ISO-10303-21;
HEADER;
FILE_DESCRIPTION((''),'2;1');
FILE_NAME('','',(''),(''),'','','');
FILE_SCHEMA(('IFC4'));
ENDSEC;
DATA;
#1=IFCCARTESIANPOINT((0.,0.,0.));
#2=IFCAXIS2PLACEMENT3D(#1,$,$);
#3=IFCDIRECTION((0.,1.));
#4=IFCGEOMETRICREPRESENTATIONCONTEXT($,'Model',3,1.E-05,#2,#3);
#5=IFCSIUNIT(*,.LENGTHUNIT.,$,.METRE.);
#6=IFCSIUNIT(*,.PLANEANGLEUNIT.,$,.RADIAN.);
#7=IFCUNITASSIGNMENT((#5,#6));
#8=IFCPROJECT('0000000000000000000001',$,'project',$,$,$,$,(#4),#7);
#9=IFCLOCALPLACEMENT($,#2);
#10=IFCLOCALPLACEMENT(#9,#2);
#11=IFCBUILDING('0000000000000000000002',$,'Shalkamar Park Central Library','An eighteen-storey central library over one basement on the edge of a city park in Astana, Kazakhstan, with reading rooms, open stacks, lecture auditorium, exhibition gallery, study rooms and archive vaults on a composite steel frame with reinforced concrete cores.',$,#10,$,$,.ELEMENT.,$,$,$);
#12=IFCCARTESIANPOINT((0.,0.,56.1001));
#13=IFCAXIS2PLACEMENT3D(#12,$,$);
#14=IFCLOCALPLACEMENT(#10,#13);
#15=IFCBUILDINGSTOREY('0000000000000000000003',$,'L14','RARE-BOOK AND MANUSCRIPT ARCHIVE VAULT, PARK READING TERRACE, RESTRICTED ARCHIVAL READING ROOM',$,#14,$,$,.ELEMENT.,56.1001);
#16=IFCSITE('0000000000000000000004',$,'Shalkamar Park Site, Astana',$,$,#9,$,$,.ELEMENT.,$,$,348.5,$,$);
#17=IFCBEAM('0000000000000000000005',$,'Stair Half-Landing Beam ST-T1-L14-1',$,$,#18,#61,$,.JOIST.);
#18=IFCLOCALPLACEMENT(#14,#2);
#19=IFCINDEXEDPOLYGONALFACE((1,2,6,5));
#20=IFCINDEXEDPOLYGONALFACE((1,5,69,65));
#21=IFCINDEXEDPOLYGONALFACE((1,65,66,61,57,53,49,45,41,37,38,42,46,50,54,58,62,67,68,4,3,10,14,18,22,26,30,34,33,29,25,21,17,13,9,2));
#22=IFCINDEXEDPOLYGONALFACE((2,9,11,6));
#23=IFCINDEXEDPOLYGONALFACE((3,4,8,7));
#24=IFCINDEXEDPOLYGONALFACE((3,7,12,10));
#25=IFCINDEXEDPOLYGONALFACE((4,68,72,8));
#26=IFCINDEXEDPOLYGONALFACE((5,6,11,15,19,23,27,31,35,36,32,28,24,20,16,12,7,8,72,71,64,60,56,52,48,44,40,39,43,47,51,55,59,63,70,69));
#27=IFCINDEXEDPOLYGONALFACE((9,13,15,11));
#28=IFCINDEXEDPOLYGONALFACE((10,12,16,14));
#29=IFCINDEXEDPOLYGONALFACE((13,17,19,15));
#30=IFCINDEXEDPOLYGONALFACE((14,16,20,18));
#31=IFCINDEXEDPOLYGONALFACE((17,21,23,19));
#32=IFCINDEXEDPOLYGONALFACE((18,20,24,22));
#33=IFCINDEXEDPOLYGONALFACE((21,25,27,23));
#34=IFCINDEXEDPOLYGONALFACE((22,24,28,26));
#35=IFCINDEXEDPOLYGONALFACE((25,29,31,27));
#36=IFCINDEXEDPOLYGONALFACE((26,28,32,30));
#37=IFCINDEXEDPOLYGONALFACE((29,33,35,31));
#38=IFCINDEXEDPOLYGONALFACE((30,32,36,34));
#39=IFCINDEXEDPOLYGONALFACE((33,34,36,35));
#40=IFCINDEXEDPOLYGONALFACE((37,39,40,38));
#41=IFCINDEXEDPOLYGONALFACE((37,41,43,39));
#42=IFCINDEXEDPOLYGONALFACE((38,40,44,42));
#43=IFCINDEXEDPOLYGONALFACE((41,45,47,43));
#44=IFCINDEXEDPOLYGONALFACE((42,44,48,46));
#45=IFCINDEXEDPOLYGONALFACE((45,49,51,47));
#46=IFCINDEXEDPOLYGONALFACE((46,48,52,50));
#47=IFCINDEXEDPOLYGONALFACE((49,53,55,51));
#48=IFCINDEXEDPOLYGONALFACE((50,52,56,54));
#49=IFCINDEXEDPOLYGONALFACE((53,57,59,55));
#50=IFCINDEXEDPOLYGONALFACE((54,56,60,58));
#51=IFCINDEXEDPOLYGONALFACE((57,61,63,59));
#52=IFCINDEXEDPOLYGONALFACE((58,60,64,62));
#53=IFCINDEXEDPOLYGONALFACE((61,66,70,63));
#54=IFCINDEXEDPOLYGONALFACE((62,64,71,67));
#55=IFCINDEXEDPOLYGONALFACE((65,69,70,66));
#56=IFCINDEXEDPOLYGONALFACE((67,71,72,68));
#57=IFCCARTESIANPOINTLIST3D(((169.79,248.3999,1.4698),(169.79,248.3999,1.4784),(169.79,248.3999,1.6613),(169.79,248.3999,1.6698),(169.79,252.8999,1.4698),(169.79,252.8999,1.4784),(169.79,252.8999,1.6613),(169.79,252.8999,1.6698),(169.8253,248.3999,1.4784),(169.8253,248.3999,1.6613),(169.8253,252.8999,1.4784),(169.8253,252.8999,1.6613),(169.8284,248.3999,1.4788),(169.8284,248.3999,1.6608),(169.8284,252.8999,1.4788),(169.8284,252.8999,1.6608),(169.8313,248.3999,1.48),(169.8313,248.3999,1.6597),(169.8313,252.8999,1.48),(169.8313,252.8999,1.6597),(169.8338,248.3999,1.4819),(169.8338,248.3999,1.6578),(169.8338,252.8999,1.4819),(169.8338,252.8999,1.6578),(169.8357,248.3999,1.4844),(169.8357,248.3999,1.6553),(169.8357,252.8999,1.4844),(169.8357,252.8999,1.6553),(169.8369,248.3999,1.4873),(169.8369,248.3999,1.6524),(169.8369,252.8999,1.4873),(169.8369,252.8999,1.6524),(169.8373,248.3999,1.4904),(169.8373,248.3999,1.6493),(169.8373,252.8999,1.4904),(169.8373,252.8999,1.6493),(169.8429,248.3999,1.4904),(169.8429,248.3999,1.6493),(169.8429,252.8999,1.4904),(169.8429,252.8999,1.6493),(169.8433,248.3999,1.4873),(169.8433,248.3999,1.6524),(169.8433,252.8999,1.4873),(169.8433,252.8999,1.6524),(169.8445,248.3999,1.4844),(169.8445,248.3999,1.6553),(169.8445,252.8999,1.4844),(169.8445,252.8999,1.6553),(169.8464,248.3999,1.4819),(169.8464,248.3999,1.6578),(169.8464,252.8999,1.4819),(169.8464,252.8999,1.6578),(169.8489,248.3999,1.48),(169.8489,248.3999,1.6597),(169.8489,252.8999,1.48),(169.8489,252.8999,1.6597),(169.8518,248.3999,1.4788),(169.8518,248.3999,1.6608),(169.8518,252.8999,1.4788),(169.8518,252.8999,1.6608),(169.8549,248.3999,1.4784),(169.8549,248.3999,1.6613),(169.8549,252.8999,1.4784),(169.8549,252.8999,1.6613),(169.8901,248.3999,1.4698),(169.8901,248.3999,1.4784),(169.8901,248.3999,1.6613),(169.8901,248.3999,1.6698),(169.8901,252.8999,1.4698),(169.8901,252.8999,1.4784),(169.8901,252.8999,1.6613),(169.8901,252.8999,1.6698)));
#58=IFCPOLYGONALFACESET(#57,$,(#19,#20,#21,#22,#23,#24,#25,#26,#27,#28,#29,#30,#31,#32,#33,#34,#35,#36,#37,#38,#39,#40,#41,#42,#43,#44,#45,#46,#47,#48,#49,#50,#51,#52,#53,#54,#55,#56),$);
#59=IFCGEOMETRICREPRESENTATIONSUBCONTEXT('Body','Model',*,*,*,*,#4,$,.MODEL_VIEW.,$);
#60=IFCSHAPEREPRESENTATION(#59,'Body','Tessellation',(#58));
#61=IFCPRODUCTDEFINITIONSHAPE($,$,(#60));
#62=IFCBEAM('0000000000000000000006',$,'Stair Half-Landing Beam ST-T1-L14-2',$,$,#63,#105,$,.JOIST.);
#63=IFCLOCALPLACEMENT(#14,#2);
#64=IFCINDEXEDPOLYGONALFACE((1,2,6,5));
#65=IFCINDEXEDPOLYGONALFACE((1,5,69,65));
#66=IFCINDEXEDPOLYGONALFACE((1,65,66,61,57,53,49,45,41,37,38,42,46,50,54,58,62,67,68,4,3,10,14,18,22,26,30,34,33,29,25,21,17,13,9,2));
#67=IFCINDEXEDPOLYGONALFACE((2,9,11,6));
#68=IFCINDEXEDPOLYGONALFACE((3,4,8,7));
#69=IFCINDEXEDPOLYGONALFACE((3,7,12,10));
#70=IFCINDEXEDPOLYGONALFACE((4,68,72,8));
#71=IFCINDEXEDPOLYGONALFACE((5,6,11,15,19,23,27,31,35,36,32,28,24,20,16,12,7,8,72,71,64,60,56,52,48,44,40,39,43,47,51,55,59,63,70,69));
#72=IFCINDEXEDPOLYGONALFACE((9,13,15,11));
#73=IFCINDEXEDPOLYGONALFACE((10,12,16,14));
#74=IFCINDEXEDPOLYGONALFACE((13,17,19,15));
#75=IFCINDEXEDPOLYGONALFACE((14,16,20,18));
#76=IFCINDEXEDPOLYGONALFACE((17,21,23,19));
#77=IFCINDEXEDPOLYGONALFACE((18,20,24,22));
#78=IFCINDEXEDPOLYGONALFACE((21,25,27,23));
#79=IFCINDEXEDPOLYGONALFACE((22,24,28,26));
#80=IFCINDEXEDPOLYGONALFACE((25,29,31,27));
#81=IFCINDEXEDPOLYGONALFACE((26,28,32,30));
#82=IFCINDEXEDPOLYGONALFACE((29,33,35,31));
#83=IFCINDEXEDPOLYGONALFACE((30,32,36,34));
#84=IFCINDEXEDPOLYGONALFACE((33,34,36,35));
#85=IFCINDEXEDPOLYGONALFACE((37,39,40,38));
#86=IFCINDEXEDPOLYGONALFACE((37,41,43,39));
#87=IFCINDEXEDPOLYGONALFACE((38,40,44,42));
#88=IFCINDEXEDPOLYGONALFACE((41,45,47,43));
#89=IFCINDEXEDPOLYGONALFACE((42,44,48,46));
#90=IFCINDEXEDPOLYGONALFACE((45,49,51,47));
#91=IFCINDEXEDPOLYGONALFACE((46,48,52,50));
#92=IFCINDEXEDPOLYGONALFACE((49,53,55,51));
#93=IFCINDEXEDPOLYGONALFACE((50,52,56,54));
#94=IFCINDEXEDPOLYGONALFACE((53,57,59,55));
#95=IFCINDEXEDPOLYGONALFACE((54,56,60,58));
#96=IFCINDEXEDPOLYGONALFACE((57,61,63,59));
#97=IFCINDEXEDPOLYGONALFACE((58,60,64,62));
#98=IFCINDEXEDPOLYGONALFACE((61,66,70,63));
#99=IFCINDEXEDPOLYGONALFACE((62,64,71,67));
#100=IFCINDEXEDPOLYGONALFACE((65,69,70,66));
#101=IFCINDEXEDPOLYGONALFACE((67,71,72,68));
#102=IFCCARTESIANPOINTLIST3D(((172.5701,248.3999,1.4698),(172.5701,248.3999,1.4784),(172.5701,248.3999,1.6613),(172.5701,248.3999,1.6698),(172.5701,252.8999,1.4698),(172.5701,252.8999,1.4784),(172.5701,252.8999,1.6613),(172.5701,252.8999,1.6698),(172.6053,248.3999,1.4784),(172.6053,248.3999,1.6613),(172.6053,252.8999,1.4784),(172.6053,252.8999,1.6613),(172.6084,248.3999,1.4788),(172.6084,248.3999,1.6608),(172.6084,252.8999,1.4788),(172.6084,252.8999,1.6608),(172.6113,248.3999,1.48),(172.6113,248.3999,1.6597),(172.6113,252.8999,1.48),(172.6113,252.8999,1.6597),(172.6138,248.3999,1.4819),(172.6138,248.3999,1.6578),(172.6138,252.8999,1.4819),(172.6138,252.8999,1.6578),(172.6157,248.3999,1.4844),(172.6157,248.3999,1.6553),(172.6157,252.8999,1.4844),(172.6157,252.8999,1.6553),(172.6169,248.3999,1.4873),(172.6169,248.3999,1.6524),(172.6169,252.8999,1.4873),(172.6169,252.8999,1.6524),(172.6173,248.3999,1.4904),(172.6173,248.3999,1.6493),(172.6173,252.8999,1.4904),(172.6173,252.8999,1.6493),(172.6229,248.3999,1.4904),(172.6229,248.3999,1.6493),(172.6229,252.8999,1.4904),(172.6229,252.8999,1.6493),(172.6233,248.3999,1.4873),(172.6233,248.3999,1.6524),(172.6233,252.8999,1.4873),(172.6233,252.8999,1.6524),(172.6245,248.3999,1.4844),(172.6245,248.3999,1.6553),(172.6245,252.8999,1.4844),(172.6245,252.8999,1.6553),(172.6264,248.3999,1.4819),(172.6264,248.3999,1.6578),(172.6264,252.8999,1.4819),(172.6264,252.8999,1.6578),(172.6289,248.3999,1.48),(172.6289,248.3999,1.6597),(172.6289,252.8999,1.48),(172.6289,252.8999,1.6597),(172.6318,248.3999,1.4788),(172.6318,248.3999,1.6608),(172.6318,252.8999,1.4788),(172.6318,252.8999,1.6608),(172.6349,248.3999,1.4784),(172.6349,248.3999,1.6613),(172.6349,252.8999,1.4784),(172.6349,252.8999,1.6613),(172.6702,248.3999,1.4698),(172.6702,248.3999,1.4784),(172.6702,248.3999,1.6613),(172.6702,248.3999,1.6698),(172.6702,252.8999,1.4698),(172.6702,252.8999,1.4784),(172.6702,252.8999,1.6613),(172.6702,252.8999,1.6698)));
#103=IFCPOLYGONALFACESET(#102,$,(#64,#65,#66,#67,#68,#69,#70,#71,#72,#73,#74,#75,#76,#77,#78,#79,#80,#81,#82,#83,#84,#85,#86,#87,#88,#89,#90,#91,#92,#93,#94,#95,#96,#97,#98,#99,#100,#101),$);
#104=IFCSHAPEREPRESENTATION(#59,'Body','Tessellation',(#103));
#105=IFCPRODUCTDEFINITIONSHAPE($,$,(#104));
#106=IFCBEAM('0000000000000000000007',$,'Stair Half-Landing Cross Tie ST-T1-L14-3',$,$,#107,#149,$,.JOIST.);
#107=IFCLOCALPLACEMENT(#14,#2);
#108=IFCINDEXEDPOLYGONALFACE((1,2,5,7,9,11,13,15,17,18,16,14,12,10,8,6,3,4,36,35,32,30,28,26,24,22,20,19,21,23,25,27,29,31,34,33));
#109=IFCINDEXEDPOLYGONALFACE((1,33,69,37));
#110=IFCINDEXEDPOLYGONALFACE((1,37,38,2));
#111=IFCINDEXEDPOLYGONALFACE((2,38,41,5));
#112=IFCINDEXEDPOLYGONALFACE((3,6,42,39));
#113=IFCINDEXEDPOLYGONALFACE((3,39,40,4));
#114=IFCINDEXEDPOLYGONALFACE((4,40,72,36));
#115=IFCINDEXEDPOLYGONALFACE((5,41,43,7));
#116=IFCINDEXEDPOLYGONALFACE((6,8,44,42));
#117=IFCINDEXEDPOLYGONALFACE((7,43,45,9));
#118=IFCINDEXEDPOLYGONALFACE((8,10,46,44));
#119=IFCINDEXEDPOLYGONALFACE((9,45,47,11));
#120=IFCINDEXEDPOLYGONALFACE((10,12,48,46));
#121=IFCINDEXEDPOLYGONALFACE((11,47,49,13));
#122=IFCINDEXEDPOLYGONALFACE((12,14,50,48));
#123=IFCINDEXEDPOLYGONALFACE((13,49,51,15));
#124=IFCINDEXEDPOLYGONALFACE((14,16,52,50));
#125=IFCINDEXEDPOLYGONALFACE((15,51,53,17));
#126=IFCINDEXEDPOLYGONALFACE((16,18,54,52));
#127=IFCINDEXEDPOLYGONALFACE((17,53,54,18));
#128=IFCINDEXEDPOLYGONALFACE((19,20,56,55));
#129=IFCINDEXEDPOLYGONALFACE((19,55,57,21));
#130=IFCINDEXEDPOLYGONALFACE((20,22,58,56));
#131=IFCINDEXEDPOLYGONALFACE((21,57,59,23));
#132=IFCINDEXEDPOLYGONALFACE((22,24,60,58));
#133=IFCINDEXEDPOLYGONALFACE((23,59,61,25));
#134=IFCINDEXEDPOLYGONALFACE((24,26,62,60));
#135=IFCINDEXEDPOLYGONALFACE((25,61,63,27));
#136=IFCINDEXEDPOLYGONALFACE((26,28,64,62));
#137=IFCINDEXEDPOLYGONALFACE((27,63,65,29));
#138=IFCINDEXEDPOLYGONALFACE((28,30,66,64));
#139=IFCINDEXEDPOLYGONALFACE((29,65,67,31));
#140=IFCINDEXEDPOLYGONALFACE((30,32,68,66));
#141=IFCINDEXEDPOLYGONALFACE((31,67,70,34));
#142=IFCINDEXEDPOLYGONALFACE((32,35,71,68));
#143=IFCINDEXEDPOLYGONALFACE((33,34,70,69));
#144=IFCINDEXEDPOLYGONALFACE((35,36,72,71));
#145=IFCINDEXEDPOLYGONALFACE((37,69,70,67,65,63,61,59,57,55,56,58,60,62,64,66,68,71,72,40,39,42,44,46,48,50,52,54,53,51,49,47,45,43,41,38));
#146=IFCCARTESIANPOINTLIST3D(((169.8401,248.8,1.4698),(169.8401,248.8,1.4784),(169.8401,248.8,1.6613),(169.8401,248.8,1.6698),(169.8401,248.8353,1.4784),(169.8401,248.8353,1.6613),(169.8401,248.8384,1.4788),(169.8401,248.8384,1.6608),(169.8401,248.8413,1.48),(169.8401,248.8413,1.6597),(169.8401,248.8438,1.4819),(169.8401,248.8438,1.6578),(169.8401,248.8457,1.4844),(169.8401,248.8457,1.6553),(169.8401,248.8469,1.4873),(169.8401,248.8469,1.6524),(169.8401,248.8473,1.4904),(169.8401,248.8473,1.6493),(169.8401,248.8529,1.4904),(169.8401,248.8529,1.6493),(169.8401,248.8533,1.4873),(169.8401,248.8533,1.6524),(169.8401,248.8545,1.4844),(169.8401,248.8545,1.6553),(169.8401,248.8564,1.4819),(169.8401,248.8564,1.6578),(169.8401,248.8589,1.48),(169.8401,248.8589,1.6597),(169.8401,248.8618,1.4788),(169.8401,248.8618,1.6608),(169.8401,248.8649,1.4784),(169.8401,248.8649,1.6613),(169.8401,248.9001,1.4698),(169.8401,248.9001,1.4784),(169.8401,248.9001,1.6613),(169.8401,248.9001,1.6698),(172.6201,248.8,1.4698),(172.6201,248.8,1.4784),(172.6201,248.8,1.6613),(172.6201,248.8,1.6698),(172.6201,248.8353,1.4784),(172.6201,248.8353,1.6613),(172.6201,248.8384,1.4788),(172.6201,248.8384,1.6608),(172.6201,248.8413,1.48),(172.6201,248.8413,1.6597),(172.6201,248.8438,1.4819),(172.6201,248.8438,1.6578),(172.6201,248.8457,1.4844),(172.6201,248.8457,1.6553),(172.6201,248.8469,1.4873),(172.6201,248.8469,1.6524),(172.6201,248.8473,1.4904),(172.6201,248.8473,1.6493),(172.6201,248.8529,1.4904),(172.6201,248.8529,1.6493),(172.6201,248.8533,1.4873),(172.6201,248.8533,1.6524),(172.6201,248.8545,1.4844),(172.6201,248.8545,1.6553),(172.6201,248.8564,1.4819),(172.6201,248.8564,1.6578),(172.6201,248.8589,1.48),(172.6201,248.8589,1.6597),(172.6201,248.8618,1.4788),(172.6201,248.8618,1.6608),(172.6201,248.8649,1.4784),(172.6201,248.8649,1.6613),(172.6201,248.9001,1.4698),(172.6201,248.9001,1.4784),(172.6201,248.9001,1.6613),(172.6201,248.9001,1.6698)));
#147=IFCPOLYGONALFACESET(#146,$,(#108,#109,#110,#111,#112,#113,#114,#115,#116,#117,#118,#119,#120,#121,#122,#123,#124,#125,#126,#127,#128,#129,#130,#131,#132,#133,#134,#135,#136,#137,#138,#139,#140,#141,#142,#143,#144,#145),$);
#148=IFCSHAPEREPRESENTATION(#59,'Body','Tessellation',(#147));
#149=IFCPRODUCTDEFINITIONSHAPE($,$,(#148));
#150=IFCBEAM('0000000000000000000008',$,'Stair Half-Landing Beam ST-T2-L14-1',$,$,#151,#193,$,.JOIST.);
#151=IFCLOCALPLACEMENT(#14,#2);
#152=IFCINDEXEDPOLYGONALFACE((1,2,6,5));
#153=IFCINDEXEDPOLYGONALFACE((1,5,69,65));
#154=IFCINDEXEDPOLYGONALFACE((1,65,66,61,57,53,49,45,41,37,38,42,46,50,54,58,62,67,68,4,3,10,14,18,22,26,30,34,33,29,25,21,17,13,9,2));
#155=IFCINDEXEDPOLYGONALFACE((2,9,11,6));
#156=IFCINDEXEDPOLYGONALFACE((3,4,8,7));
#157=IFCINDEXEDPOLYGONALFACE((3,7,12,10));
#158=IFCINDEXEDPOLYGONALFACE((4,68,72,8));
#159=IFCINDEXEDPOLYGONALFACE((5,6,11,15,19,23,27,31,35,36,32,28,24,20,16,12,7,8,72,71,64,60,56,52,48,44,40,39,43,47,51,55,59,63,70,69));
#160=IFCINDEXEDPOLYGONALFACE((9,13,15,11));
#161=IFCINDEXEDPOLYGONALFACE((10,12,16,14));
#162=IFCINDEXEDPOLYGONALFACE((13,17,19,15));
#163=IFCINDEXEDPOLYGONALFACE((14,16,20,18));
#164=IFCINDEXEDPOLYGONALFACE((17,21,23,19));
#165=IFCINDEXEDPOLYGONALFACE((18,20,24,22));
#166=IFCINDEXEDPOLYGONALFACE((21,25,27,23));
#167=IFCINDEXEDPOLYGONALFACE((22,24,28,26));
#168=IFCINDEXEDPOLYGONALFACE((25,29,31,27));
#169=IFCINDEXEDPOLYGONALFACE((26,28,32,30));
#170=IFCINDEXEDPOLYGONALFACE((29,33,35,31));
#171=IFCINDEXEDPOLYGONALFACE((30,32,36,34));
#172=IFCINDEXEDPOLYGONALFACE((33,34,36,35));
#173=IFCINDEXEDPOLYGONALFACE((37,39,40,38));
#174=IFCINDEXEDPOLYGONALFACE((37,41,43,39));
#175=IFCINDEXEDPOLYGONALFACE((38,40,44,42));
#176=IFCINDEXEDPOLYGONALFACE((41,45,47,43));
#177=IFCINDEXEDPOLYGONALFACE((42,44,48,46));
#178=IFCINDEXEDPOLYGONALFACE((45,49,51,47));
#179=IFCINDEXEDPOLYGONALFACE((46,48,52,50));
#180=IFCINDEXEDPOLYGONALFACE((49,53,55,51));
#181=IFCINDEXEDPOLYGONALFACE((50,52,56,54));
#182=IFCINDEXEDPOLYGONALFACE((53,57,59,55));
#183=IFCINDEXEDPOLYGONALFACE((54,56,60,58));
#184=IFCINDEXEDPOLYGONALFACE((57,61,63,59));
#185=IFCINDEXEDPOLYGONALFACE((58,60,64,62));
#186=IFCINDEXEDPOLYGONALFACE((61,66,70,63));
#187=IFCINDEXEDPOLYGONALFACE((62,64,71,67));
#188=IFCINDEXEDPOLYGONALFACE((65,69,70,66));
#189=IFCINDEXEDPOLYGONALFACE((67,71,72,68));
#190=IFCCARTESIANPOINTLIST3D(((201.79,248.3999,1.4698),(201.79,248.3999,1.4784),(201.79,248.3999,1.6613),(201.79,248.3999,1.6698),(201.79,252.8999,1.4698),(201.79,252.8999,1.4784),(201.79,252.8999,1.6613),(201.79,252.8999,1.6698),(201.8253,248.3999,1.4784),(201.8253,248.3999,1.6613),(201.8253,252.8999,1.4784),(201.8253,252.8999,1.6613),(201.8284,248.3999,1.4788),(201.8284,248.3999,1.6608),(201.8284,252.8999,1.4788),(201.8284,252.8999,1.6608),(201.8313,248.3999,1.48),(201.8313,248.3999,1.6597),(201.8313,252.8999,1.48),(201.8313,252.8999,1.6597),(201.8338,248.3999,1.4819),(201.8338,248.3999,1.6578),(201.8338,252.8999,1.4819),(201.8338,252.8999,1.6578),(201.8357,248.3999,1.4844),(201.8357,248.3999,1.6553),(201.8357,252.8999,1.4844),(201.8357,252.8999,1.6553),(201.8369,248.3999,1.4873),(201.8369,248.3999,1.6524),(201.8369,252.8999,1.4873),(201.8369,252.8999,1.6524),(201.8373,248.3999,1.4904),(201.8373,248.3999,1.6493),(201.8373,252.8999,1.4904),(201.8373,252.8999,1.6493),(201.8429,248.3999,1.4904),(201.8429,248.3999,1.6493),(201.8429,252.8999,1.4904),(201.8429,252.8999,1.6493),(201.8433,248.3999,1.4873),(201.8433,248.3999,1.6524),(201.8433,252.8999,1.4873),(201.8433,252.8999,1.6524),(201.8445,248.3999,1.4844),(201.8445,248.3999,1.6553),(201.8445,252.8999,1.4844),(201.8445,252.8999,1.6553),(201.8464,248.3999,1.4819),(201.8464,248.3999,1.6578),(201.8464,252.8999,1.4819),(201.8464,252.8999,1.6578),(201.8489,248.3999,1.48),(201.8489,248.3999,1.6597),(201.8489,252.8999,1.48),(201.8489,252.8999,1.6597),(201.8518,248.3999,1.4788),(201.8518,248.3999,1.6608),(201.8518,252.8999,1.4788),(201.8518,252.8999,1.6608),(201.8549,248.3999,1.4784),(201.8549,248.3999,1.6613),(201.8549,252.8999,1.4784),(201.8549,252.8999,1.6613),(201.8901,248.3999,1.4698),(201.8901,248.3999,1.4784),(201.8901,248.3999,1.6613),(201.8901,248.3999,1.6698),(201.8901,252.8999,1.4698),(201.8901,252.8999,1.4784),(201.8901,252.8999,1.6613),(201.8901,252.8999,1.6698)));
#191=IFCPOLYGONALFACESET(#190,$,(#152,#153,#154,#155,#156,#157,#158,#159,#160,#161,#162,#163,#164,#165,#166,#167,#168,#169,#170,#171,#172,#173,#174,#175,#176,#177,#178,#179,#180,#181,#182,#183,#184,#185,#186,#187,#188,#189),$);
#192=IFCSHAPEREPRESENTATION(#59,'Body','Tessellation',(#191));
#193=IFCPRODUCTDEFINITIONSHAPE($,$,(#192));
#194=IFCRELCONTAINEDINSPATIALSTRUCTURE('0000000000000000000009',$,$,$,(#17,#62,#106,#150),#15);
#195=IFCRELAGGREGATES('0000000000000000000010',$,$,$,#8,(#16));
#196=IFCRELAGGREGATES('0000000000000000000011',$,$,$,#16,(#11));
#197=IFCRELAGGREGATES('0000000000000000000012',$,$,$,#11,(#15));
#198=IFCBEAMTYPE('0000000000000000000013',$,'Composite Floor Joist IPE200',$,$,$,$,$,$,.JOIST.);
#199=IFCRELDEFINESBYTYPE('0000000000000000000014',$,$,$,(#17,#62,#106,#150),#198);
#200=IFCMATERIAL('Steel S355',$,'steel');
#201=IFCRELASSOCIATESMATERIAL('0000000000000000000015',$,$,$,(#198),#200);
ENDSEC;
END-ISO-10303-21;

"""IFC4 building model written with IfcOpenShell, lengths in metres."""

from ifc_helpers import new_model, si_unit, direction, frame, origin, origin_2d, place, context, subcontext, project, spatial, i_section, extrude, material, material_profile, profile_set, type_object, element, save


model = new_model("IFC4")

# Units and contexts
model_context = context("Model", 3, precision=1e-05, world=origin(), true_north=direction((0.0, 1.0)))
body_context = subcontext(model_context, "Body", "Model", "MODEL_VIEW")
ifc_project = project(units=[si_unit("LENGTHUNIT", "METRE"), si_unit("PLANEANGLEUNIT", "RADIAN")], contexts=[model_context])

# Site, building, storey
site_placement = place(None, origin())
site = spatial("IfcSite", under=ifc_project, at=site_placement, Name="Shalkamar Park Site, Astana", CompositionType="ELEMENT", RefElevation=348.5)
building_placement = place(site_placement, origin())
building = spatial("IfcBuilding", under=site, at=building_placement, Name="Shalkamar Park Central Library", Description="An eighteen-storey central library over one basement on the edge of a city park in Astana, Kazakhstan, with reading rooms, open stacks, lecture auditorium, exhibition gallery, study rooms and archive vaults on a composite steel frame with reinforced concrete cores.", CompositionType="ELEMENT")
storey_placement = place(building_placement, frame((0.0, 0.0, 56.1001)))
storey = spatial("IfcBuildingStorey", under=building, at=storey_placement, Name="L14", Description="RARE-BOOK AND MANUSCRIPT ARCHIVE VAULT, PARK READING TERRACE, RESTRICTED ARCHIVAL READING ROOM", CompositionType="ELEMENT", Elevation=56.1001)

# Beams
ifc_material_1 = material(Name="Steel S355", Category="steel")
ifc_material_profile_1 = material_profile(ifc_material_1, i_section(OverallWidth=0.1001, OverallDepth=0.2, WebThickness=0.0056, FlangeThickness=0.0085, FilletRadius=0.012, at=origin_2d()), Name="IPE 200")
ifc_profile_set_1 = profile_set([ifc_material_profile_1], Name="Steel S355")
beam_type_1 = type_object("IfcBeamType", Name="Composite Floor Joist IPE200", PredefinedType="JOIST", material=ifc_profile_set_1)
for number, where, z_axis, x_axis, name in (
    (1, (169.8401, 248.3999, 1.5698), (0.0, 1.0, 0.0), (-1.0, 0.0, 0.0), "Stair Half-Landing Beam ST-T1-L14-1"),
    (2, (172.6201, 248.3999, 1.5698), (0.0, 1.0, 0.0), (-1.0, 0.0, 0.0), "Stair Half-Landing Beam ST-T1-L14-2"),
):
    element("IfcBeam", number, at=place(storey_placement, frame(where, z_axis=z_axis, x_axis=x_axis)), inside=storey, type_object=beam_type_1, Name=name, PredefinedType="JOIST", context=body_context, shape_type="SweptSolid", body=[
        extrude(i_section(OverallWidth=0.1001, OverallDepth=0.2, WebThickness=0.0056, FlangeThickness=0.0085, FilletRadius=0.012, at=origin_2d()), origin(), (0.0, 0.0, 1.0), 4.5),
    ])
beam_placement = place(storey_placement, frame((169.8401, 248.8501, 1.5698), z_axis=(1.0, 0.0, 0.0), x_axis=(0.0, 1.0, 0.0)))
element("IfcBeam", 3, at=beam_placement, inside=storey, type_object=beam_type_1, Name="Stair Half-Landing Cross Tie ST-T1-L14-3", PredefinedType="JOIST", context=body_context, shape_type="SweptSolid", body=[
    extrude(i_section(OverallWidth=0.1001, OverallDepth=0.2, WebThickness=0.0056, FlangeThickness=0.0085, FilletRadius=0.012, at=origin_2d()), origin(), (0.0, 0.0, 1.0), 2.78),
])
for number, where, z_axis, x_axis, name in (
    (4, (201.8401, 248.3999, 1.5698), (0.0, 1.0, 0.0), (-1.0, 0.0, 0.0), "Stair Half-Landing Beam ST-T2-L14-1"),
):
    element("IfcBeam", number, at=place(storey_placement, frame(where, z_axis=z_axis, x_axis=x_axis)), inside=storey, type_object=beam_type_1, Name=name, PredefinedType="JOIST", context=body_context, shape_type="SweptSolid", body=[
        extrude(i_section(OverallWidth=0.1001, OverallDepth=0.2, WebThickness=0.0056, FlangeThickness=0.0085, FilletRadius=0.012, at=origin_2d()), origin(), (0.0, 0.0, 1.0), 4.5),
    ])

save(model, "model.ifc")
